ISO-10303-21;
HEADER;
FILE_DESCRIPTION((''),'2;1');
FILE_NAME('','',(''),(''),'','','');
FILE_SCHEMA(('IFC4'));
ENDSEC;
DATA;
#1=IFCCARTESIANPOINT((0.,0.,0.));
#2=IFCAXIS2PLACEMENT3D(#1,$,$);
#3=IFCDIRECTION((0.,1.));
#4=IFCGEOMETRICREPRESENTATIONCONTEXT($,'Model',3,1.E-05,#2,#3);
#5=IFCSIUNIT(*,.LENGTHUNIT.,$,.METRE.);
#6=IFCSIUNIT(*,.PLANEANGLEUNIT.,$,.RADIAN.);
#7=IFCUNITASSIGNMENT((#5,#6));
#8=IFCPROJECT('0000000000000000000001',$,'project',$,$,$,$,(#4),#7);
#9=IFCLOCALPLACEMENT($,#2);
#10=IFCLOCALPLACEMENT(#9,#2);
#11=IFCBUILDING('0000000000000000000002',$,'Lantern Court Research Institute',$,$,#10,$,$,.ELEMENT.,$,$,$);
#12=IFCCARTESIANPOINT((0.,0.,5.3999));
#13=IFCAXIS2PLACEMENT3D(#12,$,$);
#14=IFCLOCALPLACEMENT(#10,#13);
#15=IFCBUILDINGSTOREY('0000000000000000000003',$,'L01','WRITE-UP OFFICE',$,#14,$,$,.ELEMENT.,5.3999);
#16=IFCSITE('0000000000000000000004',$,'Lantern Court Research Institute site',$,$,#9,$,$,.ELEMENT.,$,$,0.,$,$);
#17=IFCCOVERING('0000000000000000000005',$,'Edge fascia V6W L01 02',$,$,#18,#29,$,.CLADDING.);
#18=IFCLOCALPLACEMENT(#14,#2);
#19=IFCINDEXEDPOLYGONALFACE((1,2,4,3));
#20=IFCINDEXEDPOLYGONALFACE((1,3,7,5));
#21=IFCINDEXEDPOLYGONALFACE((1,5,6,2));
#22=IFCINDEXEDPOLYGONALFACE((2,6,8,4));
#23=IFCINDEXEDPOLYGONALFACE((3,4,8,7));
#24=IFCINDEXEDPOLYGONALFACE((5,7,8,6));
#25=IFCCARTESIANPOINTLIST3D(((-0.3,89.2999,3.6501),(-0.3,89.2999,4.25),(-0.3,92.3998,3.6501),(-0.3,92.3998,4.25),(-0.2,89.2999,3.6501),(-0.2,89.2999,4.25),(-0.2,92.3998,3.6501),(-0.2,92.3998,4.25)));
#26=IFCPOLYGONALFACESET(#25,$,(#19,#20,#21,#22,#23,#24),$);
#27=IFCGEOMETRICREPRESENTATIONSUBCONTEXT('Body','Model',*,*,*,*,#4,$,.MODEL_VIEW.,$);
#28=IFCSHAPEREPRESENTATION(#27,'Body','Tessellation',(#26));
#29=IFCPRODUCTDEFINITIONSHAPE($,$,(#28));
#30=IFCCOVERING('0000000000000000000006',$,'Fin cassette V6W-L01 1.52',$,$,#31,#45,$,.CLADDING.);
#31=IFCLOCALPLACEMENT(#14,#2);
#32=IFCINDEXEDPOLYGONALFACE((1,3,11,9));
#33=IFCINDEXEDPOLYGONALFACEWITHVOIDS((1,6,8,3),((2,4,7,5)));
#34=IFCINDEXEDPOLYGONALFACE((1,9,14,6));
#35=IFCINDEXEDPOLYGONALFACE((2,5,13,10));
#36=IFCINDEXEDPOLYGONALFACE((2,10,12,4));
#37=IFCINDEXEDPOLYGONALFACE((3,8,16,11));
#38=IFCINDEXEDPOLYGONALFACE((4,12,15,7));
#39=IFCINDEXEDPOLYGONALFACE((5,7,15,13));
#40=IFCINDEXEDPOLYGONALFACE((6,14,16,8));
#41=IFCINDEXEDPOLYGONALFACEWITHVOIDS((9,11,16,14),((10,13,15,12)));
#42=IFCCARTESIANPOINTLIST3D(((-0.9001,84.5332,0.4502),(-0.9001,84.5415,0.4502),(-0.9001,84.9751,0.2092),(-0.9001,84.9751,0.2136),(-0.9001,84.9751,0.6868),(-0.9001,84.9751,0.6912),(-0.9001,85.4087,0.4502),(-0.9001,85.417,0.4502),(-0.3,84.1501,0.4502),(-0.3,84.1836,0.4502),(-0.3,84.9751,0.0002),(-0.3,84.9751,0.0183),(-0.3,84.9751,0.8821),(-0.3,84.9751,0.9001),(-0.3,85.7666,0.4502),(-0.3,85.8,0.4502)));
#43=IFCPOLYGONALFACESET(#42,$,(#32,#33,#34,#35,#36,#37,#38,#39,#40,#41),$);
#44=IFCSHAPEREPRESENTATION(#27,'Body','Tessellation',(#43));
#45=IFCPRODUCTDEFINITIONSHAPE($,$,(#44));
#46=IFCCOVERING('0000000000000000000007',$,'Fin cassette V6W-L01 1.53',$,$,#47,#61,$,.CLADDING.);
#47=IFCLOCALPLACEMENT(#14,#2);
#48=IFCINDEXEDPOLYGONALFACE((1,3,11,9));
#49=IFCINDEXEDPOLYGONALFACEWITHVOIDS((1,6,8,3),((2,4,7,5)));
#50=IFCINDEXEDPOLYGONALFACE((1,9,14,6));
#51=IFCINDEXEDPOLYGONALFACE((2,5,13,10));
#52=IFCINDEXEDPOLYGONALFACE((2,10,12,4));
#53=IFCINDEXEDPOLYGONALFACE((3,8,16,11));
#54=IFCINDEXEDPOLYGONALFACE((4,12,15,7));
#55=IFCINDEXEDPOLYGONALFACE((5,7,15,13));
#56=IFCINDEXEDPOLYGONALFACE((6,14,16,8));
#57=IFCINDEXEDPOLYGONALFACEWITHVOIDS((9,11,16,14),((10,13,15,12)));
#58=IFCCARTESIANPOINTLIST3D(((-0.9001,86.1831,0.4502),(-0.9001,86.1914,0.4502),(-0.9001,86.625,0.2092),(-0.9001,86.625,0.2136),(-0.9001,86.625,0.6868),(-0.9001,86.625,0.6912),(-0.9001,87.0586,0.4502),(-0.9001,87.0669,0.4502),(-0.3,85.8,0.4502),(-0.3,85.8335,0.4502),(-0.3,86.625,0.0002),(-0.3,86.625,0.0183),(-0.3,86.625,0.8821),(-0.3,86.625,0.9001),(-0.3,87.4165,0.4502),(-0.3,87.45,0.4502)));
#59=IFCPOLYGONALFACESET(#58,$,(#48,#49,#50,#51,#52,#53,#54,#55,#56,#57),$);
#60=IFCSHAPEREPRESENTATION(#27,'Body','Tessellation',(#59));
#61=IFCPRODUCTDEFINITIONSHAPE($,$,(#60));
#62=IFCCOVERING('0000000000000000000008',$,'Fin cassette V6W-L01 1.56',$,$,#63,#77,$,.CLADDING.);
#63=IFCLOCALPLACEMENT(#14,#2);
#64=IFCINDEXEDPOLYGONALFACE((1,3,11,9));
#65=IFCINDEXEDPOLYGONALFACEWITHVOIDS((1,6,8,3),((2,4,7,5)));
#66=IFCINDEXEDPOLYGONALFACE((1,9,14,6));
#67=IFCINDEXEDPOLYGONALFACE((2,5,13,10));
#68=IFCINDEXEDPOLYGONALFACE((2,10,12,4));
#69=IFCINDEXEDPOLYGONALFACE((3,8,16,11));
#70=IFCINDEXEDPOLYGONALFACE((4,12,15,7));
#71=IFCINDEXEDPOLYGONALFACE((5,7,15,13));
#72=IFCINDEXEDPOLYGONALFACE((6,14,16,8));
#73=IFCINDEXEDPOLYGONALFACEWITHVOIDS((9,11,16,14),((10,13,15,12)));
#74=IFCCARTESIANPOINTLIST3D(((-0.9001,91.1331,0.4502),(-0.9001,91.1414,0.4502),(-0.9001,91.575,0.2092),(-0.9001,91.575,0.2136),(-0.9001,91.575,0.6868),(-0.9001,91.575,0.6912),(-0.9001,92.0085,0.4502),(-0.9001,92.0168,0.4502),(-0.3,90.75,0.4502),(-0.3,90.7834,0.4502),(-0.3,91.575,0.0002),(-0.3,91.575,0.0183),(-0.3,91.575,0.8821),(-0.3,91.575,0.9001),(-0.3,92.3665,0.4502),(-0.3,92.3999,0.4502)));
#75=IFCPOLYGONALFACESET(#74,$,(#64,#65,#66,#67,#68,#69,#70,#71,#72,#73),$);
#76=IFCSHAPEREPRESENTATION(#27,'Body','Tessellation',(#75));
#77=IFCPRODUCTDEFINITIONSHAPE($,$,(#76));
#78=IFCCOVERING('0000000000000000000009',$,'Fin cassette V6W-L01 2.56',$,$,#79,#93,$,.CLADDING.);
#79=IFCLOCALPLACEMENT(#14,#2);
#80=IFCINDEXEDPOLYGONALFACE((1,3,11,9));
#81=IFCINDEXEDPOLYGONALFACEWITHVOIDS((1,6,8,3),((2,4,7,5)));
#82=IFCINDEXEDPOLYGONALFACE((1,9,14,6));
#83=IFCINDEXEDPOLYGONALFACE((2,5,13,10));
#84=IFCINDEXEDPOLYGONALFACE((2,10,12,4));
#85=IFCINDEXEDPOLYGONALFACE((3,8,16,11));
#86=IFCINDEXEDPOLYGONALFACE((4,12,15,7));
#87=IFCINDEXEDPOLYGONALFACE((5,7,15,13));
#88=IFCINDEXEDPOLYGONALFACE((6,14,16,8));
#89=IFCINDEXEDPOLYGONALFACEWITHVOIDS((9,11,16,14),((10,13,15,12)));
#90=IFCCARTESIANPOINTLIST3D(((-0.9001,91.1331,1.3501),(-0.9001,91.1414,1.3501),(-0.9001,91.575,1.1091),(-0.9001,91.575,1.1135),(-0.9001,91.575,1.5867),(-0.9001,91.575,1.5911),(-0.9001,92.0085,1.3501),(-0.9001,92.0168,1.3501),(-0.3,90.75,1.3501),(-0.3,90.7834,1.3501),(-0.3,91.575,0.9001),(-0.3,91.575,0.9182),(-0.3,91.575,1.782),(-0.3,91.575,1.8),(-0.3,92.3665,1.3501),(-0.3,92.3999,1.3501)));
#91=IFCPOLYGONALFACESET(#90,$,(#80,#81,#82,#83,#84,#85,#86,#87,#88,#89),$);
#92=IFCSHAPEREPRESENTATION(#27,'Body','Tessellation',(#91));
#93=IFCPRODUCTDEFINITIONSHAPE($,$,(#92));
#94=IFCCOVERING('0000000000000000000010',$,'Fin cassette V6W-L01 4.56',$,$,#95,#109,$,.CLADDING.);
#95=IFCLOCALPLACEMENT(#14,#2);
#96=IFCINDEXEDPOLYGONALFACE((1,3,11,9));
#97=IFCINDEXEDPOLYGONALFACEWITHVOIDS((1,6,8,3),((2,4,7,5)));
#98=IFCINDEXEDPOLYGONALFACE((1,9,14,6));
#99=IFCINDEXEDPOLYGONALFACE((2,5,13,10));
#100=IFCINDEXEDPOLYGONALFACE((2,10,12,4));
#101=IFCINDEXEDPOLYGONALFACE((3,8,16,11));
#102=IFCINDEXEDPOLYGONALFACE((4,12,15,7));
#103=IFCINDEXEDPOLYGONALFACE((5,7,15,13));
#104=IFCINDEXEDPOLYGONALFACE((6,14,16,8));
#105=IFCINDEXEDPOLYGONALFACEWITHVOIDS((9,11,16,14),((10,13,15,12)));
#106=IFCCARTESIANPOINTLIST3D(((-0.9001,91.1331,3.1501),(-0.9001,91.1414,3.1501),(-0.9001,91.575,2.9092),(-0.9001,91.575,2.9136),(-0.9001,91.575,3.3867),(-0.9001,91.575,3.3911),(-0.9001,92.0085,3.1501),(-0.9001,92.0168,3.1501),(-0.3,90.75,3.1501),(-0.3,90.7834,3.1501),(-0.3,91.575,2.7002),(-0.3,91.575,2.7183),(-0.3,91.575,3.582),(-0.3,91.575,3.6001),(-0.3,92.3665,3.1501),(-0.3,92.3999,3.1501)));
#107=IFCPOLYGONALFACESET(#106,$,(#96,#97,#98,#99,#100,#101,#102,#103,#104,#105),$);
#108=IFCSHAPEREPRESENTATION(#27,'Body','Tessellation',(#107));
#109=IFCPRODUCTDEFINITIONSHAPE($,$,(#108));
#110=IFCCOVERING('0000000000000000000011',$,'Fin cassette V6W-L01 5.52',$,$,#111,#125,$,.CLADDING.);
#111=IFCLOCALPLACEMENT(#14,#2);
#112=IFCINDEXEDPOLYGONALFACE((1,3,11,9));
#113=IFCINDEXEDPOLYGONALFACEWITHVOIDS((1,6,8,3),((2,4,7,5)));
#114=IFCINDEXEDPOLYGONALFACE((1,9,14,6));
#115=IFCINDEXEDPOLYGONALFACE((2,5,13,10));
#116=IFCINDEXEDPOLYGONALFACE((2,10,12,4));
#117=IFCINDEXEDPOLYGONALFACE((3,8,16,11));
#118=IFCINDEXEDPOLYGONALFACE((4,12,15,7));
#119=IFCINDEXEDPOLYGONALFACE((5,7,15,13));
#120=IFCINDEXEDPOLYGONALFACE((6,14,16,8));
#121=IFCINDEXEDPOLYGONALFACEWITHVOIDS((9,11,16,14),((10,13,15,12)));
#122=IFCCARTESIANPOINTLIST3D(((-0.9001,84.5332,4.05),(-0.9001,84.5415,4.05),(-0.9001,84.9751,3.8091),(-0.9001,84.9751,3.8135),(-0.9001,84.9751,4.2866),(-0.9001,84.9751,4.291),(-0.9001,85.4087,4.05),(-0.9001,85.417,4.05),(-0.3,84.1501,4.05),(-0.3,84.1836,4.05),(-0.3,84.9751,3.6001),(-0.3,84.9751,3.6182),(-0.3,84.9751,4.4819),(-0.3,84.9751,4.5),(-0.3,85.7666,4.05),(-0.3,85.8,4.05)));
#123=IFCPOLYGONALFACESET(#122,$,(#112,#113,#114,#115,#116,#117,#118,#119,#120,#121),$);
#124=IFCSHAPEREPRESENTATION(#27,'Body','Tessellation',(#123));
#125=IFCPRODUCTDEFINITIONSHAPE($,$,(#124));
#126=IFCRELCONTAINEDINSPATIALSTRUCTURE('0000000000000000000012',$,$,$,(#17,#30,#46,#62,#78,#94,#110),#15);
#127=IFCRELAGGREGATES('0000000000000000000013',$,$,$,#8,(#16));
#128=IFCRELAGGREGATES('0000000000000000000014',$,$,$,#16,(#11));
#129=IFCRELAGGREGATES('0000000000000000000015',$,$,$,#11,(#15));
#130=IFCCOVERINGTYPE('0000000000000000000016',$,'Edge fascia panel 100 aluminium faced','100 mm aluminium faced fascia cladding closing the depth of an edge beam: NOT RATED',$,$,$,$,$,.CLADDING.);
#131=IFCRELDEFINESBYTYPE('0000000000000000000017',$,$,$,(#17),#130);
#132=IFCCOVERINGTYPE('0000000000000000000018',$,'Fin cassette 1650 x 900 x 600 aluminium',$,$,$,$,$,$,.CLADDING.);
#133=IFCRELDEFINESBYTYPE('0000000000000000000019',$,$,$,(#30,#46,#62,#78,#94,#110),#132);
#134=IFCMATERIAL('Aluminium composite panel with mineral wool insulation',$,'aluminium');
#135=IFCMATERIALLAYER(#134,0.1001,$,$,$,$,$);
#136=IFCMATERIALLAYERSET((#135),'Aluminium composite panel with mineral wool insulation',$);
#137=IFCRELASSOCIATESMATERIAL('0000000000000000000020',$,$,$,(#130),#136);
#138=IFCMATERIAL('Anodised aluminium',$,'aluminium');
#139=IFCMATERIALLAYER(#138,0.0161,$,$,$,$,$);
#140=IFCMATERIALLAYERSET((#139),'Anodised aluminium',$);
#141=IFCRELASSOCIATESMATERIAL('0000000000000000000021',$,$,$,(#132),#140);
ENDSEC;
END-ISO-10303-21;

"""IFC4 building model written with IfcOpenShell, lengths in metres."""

from ifc_helpers import new_model, entity, si_unit, direction, frame, frame_2d, origin, place, context, subcontext, project, spatial, rectangle, extrude, material, layer, layer_set, type_object, element, save


model = new_model("IFC4")

# Units and contexts
model_context = context("Model", 3, precision=1e-05, world=origin(), true_north=direction((0.0, 1.0)))
body_context = subcontext(model_context, "Body", "Model", "MODEL_VIEW")
ifc_project = project(units=[si_unit("LENGTHUNIT", "METRE"), si_unit("PLANEANGLEUNIT", "RADIAN")], contexts=[model_context])

# Site, building, storey
site_placement = place(None, origin())
site = spatial("IfcSite", under=ifc_project, at=site_placement, Name="Lantern Court Research Institute site", CompositionType="ELEMENT", RefElevation=0.0)
building_placement = place(site_placement, origin())
building = spatial("IfcBuilding", under=site, at=building_placement, Name="Lantern Court Research Institute", CompositionType="ELEMENT")
storey_placement = place(building_placement, frame((0.0, 0.0, 5.3999)))
storey = spatial("IfcBuildingStorey", under=building, at=storey_placement, Name="L01", Description="WRITE-UP OFFICE", CompositionType="ELEMENT", Elevation=5.3999)

# Coverings
ifc_material_1 = material(Name="Aluminium composite panel with mineral wool insulation", Category="aluminium")
ifc_layer_1 = layer(ifc_material_1, 0.1001)
ifc_layer_set_1 = layer_set([ifc_layer_1], Name="Aluminium composite panel with mineral wool insulation")
covering_type_1 = type_object("IfcCoveringType", Name="Edge fascia panel 100 aluminium faced", Description="100 mm aluminium faced fascia cladding closing the depth of an edge beam: NOT RATED", PredefinedType="CLADDING", material=ifc_layer_set_1)
covering_1_placement = place(storey_placement, frame((-0.25, 89.3, 3.6501), z_axis=(0.0, 0.0, 1.0), x_axis=(0.0, 1.0, 0.0)))
element("IfcCovering", 1, at=covering_1_placement, inside=storey, type_object=covering_type_1, Name="Edge fascia V6W L01 02", PredefinedType="CLADDING", context=body_context, shape_type="SweptSolid", body=[
    extrude(rectangle(XDim=3.0999, YDim=0.1001, at=frame_2d((1.5498, 0.0))), origin(), (0.0, 0.0, 1.0), 0.5999),
])
ifc_material_2 = material(Name="Anodised aluminium", Category="aluminium")
ifc_layer_2 = layer(ifc_material_2, 0.0161)
ifc_layer_set_2 = layer_set([ifc_layer_2], Name="Anodised aluminium")
covering_type_2 = type_object("IfcCoveringType", Name="Fin cassette 1650 x 900 x 600 aluminium", PredefinedType="CLADDING", material=ifc_layer_set_2)
covering_2_placement = place(storey_placement, frame((-0.3, 84.9751, 0.4502), z_axis=(-1.0, 0.0, 0.0), x_axis=(0.0, -1.0, 0.0)))
cartesian_point_1 = entity("IfcCartesianPoint", [0.825, 0.0])
cartesian_point_2 = entity("IfcCartesianPoint", [0.7915, 0.0])
cartesian_point_3 = entity("IfcCartesianPoint", [0.4419, 0.0])
cartesian_point_4 = entity("IfcCartesianPoint", [0.4336, 0.0])
element("IfcCovering", 2, at=covering_2_placement, inside=storey, type_object=covering_type_2, Name="Fin cassette V6W-L01 1.52", PredefinedType="CLADDING", context=body_context, shape_type="SweptSolid", body=[
    entity("IfcExtrudedAreaSolidTapered", entity("IfcArbitraryProfileDefWithVoids", "AREA", None, entity("IfcPolyline", [cartesian_point_1, entity("IfcCartesianPoint", [0.0, 0.45]), entity("IfcCartesianPoint", [-0.825, 0.0]), entity("IfcCartesianPoint", [0.0, -0.45]), cartesian_point_1]), [entity("IfcPolyline", [cartesian_point_2, entity("IfcCartesianPoint", [0.0, 0.4319]), entity("IfcCartesianPoint", [-0.7915, 0.0]), entity("IfcCartesianPoint", [0.0, -0.4319]), cartesian_point_2])]), entity("IfcAxis2Placement3D", entity("IfcCartesianPoint", [0.0, 0.0, 0.0])), entity("IfcDirection", [0.0, 0.0, 1.0]), 0.6001, entity("IfcArbitraryProfileDefWithVoids", "AREA", None, entity("IfcPolyline", [cartesian_point_3, entity("IfcCartesianPoint", [0.0, 0.241]), entity("IfcCartesianPoint", [-0.4419, 0.0]), entity("IfcCartesianPoint", [0.0, -0.241]), cartesian_point_3]), [entity("IfcPolyline", [cartesian_point_4, entity("IfcCartesianPoint", [0.0, 0.2366]), entity("IfcCartesianPoint", [-0.4336, 0.0]), entity("IfcCartesianPoint", [0.0, -0.2366]), cartesian_point_4])])),
])
covering_3_placement = place(storey_placement, frame((-0.3, 86.625, 0.4502), z_axis=(-1.0, 0.0, 0.0), x_axis=(0.0, -1.0, 0.0)))
cartesian_point_5 = entity("IfcCartesianPoint", [0.825, 0.0])
cartesian_point_6 = entity("IfcCartesianPoint", [0.7915, 0.0])
cartesian_point_7 = entity("IfcCartesianPoint", [0.4419, 0.0])
cartesian_point_8 = entity("IfcCartesianPoint", [0.4336, 0.0])
element("IfcCovering", 3, at=covering_3_placement, inside=storey, type_object=covering_type_2, Name="Fin cassette V6W-L01 1.53", PredefinedType="CLADDING", context=body_context, shape_type="SweptSolid", body=[
    entity("IfcExtrudedAreaSolidTapered", entity("IfcArbitraryProfileDefWithVoids", "AREA", None, entity("IfcPolyline", [cartesian_point_5, entity("IfcCartesianPoint", [0.0, 0.45]), entity("IfcCartesianPoint", [-0.825, 0.0]), entity("IfcCartesianPoint", [0.0, -0.45]), cartesian_point_5]), [entity("IfcPolyline", [cartesian_point_6, entity("IfcCartesianPoint", [0.0, 0.4319]), entity("IfcCartesianPoint", [-0.7915, 0.0]), entity("IfcCartesianPoint", [0.0, -0.4319]), cartesian_point_6])]), entity("IfcAxis2Placement3D", entity("IfcCartesianPoint", [0.0, 0.0, 0.0])), entity("IfcDirection", [0.0, 0.0, 1.0]), 0.6001, entity("IfcArbitraryProfileDefWithVoids", "AREA", None, entity("IfcPolyline", [cartesian_point_7, entity("IfcCartesianPoint", [0.0, 0.241]), entity("IfcCartesianPoint", [-0.4419, 0.0]), entity("IfcCartesianPoint", [0.0, -0.241]), cartesian_point_7]), [entity("IfcPolyline", [cartesian_point_8, entity("IfcCartesianPoint", [0.0, 0.2366]), entity("IfcCartesianPoint", [-0.4336, 0.0]), entity("IfcCartesianPoint", [0.0, -0.2366]), cartesian_point_8])])),
])
covering_4_placement = place(storey_placement, frame((-0.3, 91.575, 0.4502), z_axis=(-1.0, 0.0, 0.0), x_axis=(0.0, -1.0, 0.0)))
cartesian_point_9 = entity("IfcCartesianPoint", [0.825, 0.0])
cartesian_point_10 = entity("IfcCartesianPoint", [0.7915, 0.0])
cartesian_point_11 = entity("IfcCartesianPoint", [0.4419, 0.0])
cartesian_point_12 = entity("IfcCartesianPoint", [0.4336, 0.0])
element("IfcCovering", 4, at=covering_4_placement, inside=storey, type_object=covering_type_2, Name="Fin cassette V6W-L01 1.56", PredefinedType="CLADDING", context=body_context, shape_type="SweptSolid", body=[
    entity("IfcExtrudedAreaSolidTapered", entity("IfcArbitraryProfileDefWithVoids", "AREA", None, entity("IfcPolyline", [cartesian_point_9, entity("IfcCartesianPoint", [0.0, 0.45]), entity("IfcCartesianPoint", [-0.825, 0.0]), entity("IfcCartesianPoint", [0.0, -0.45]), cartesian_point_9]), [entity("IfcPolyline", [cartesian_point_10, entity("IfcCartesianPoint", [0.0, 0.4319]), entity("IfcCartesianPoint", [-0.7915, 0.0]), entity("IfcCartesianPoint", [0.0, -0.4319]), cartesian_point_10])]), entity("IfcAxis2Placement3D", entity("IfcCartesianPoint", [0.0, 0.0, 0.0])), entity("IfcDirection", [0.0, 0.0, 1.0]), 0.6001, entity("IfcArbitraryProfileDefWithVoids", "AREA", None, entity("IfcPolyline", [cartesian_point_11, entity("IfcCartesianPoint", [0.0, 0.241]), entity("IfcCartesianPoint", [-0.4419, 0.0]), entity("IfcCartesianPoint", [0.0, -0.241]), cartesian_point_11]), [entity("IfcPolyline", [cartesian_point_12, entity("IfcCartesianPoint", [0.0, 0.2366]), entity("IfcCartesianPoint", [-0.4336, 0.0]), entity("IfcCartesianPoint", [0.0, -0.2366]), cartesian_point_12])])),
])
covering_5_placement = place(storey_placement, frame((-0.3, 91.575, 1.3501), z_axis=(-1.0, 0.0, 0.0), x_axis=(0.0, -1.0, 0.0)))
cartesian_point_13 = entity("IfcCartesianPoint", [0.825, 0.0])
cartesian_point_14 = entity("IfcCartesianPoint", [0.7915, 0.0])
cartesian_point_15 = entity("IfcCartesianPoint", [0.4419, 0.0])
cartesian_point_16 = entity("IfcCartesianPoint", [0.4336, 0.0])
element("IfcCovering", 5, at=covering_5_placement, inside=storey, type_object=covering_type_2, Name="Fin cassette V6W-L01 2.56", PredefinedType="CLADDING", context=body_context, shape_type="SweptSolid", body=[
    entity("IfcExtrudedAreaSolidTapered", entity("IfcArbitraryProfileDefWithVoids", "AREA", None, entity("IfcPolyline", [cartesian_point_13, entity("IfcCartesianPoint", [0.0, 0.45]), entity("IfcCartesianPoint", [-0.825, 0.0]), entity("IfcCartesianPoint", [0.0, -0.45]), cartesian_point_13]), [entity("IfcPolyline", [cartesian_point_14, entity("IfcCartesianPoint", [0.0, 0.4319]), entity("IfcCartesianPoint", [-0.7915, 0.0]), entity("IfcCartesianPoint", [0.0, -0.4319]), cartesian_point_14])]), entity("IfcAxis2Placement3D", entity("IfcCartesianPoint", [0.0, 0.0, 0.0])), entity("IfcDirection", [0.0, 0.0, 1.0]), 0.6001, entity("IfcArbitraryProfileDefWithVoids", "AREA", None, entity("IfcPolyline", [cartesian_point_15, entity("IfcCartesianPoint", [0.0, 0.241]), entity("IfcCartesianPoint", [-0.4419, 0.0]), entity("IfcCartesianPoint", [0.0, -0.241]), cartesian_point_15]), [entity("IfcPolyline", [cartesian_point_16, entity("IfcCartesianPoint", [0.0, 0.2366]), entity("IfcCartesianPoint", [-0.4336, 0.0]), entity("IfcCartesianPoint", [0.0, -0.2366]), cartesian_point_16])])),
])
covering_6_placement = place(storey_placement, frame((-0.3, 91.575, 3.1501), z_axis=(-1.0, 0.0, 0.0), x_axis=(0.0, -1.0, 0.0)))
cartesian_point_17 = entity("IfcCartesianPoint", [0.825, 0.0])
cartesian_point_18 = entity("IfcCartesianPoint", [0.7915, 0.0])
cartesian_point_19 = entity("IfcCartesianPoint", [0.4419, 0.0])
cartesian_point_20 = entity("IfcCartesianPoint", [0.4336, 0.0])
element("IfcCovering", 6, at=covering_6_placement, inside=storey, type_object=covering_type_2, Name="Fin cassette V6W-L01 4.56", PredefinedType="CLADDING", context=body_context, shape_type="SweptSolid", body=[
    entity("IfcExtrudedAreaSolidTapered", entity("IfcArbitraryProfileDefWithVoids", "AREA", None, entity("IfcPolyline", [cartesian_point_17, entity("IfcCartesianPoint", [0.0, 0.45]), entity("IfcCartesianPoint", [-0.825, 0.0]), entity("IfcCartesianPoint", [0.0, -0.45]), cartesian_point_17]), [entity("IfcPolyline", [cartesian_point_18, entity("IfcCartesianPoint", [0.0, 0.4319]), entity("IfcCartesianPoint", [-0.7915, 0.0]), entity("IfcCartesianPoint", [0.0, -0.4319]), cartesian_point_18])]), entity("IfcAxis2Placement3D", entity("IfcCartesianPoint", [0.0, 0.0, 0.0])), entity("IfcDirection", [0.0, 0.0, 1.0]), 0.6001, entity("IfcArbitraryProfileDefWithVoids", "AREA", None, entity("IfcPolyline", [cartesian_point_19, entity("IfcCartesianPoint", [0.0, 0.241]), entity("IfcCartesianPoint", [-0.4419, 0.0]), entity("IfcCartesianPoint", [0.0, -0.241]), cartesian_point_19]), [entity("IfcPolyline", [cartesian_point_20, entity("IfcCartesianPoint", [0.0, 0.2366]), entity("IfcCartesianPoint", [-0.4336, 0.0]), entity("IfcCartesianPoint", [0.0, -0.2366]), cartesian_point_20])])),
])
covering_7_placement = place(storey_placement, frame((-0.3, 84.9751, 4.05), z_axis=(-1.0, 0.0, 0.0), x_axis=(0.0, -1.0, 0.0)))
cartesian_point_21 = entity("IfcCartesianPoint", [0.825, 0.0])
cartesian_point_22 = entity("IfcCartesianPoint", [0.7915, 0.0])
cartesian_point_23 = entity("IfcCartesianPoint", [0.4419, 0.0])
cartesian_point_24 = entity("IfcCartesianPoint", [0.4336, 0.0])
element("IfcCovering", 7, at=covering_7_placement, inside=storey, type_object=covering_type_2, Name="Fin cassette V6W-L01 5.52", PredefinedType="CLADDING", context=body_context, shape_type="SweptSolid", body=[
    entity("IfcExtrudedAreaSolidTapered", entity("IfcArbitraryProfileDefWithVoids", "AREA", None, entity("IfcPolyline", [cartesian_point_21, entity("IfcCartesianPoint", [0.0, 0.45]), entity("IfcCartesianPoint", [-0.825, 0.0]), entity("IfcCartesianPoint", [0.0, -0.45]), cartesian_point_21]), [entity("IfcPolyline", [cartesian_point_22, entity("IfcCartesianPoint", [0.0, 0.4319]), entity("IfcCartesianPoint", [-0.7915, 0.0]), entity("IfcCartesianPoint", [0.0, -0.4319]), cartesian_point_22])]), entity("IfcAxis2Placement3D", entity("IfcCartesianPoint", [0.0, 0.0, 0.0])), entity("IfcDirection", [0.0, 0.0, 1.0]), 0.6001, entity("IfcArbitraryProfileDefWithVoids", "AREA", None, entity("IfcPolyline", [cartesian_point_23, entity("IfcCartesianPoint", [0.0, 0.241]), entity("IfcCartesianPoint", [-0.4419, 0.0]), entity("IfcCartesianPoint", [0.0, -0.241]), cartesian_point_23]), [entity("IfcPolyline", [cartesian_point_24, entity("IfcCartesianPoint", [0.0, 0.2366]), entity("IfcCartesianPoint", [-0.4336, 0.0]), entity("IfcCartesianPoint", [0.0, -0.2366]), cartesian_point_24])])),
])

save(model, "model.ifc")
